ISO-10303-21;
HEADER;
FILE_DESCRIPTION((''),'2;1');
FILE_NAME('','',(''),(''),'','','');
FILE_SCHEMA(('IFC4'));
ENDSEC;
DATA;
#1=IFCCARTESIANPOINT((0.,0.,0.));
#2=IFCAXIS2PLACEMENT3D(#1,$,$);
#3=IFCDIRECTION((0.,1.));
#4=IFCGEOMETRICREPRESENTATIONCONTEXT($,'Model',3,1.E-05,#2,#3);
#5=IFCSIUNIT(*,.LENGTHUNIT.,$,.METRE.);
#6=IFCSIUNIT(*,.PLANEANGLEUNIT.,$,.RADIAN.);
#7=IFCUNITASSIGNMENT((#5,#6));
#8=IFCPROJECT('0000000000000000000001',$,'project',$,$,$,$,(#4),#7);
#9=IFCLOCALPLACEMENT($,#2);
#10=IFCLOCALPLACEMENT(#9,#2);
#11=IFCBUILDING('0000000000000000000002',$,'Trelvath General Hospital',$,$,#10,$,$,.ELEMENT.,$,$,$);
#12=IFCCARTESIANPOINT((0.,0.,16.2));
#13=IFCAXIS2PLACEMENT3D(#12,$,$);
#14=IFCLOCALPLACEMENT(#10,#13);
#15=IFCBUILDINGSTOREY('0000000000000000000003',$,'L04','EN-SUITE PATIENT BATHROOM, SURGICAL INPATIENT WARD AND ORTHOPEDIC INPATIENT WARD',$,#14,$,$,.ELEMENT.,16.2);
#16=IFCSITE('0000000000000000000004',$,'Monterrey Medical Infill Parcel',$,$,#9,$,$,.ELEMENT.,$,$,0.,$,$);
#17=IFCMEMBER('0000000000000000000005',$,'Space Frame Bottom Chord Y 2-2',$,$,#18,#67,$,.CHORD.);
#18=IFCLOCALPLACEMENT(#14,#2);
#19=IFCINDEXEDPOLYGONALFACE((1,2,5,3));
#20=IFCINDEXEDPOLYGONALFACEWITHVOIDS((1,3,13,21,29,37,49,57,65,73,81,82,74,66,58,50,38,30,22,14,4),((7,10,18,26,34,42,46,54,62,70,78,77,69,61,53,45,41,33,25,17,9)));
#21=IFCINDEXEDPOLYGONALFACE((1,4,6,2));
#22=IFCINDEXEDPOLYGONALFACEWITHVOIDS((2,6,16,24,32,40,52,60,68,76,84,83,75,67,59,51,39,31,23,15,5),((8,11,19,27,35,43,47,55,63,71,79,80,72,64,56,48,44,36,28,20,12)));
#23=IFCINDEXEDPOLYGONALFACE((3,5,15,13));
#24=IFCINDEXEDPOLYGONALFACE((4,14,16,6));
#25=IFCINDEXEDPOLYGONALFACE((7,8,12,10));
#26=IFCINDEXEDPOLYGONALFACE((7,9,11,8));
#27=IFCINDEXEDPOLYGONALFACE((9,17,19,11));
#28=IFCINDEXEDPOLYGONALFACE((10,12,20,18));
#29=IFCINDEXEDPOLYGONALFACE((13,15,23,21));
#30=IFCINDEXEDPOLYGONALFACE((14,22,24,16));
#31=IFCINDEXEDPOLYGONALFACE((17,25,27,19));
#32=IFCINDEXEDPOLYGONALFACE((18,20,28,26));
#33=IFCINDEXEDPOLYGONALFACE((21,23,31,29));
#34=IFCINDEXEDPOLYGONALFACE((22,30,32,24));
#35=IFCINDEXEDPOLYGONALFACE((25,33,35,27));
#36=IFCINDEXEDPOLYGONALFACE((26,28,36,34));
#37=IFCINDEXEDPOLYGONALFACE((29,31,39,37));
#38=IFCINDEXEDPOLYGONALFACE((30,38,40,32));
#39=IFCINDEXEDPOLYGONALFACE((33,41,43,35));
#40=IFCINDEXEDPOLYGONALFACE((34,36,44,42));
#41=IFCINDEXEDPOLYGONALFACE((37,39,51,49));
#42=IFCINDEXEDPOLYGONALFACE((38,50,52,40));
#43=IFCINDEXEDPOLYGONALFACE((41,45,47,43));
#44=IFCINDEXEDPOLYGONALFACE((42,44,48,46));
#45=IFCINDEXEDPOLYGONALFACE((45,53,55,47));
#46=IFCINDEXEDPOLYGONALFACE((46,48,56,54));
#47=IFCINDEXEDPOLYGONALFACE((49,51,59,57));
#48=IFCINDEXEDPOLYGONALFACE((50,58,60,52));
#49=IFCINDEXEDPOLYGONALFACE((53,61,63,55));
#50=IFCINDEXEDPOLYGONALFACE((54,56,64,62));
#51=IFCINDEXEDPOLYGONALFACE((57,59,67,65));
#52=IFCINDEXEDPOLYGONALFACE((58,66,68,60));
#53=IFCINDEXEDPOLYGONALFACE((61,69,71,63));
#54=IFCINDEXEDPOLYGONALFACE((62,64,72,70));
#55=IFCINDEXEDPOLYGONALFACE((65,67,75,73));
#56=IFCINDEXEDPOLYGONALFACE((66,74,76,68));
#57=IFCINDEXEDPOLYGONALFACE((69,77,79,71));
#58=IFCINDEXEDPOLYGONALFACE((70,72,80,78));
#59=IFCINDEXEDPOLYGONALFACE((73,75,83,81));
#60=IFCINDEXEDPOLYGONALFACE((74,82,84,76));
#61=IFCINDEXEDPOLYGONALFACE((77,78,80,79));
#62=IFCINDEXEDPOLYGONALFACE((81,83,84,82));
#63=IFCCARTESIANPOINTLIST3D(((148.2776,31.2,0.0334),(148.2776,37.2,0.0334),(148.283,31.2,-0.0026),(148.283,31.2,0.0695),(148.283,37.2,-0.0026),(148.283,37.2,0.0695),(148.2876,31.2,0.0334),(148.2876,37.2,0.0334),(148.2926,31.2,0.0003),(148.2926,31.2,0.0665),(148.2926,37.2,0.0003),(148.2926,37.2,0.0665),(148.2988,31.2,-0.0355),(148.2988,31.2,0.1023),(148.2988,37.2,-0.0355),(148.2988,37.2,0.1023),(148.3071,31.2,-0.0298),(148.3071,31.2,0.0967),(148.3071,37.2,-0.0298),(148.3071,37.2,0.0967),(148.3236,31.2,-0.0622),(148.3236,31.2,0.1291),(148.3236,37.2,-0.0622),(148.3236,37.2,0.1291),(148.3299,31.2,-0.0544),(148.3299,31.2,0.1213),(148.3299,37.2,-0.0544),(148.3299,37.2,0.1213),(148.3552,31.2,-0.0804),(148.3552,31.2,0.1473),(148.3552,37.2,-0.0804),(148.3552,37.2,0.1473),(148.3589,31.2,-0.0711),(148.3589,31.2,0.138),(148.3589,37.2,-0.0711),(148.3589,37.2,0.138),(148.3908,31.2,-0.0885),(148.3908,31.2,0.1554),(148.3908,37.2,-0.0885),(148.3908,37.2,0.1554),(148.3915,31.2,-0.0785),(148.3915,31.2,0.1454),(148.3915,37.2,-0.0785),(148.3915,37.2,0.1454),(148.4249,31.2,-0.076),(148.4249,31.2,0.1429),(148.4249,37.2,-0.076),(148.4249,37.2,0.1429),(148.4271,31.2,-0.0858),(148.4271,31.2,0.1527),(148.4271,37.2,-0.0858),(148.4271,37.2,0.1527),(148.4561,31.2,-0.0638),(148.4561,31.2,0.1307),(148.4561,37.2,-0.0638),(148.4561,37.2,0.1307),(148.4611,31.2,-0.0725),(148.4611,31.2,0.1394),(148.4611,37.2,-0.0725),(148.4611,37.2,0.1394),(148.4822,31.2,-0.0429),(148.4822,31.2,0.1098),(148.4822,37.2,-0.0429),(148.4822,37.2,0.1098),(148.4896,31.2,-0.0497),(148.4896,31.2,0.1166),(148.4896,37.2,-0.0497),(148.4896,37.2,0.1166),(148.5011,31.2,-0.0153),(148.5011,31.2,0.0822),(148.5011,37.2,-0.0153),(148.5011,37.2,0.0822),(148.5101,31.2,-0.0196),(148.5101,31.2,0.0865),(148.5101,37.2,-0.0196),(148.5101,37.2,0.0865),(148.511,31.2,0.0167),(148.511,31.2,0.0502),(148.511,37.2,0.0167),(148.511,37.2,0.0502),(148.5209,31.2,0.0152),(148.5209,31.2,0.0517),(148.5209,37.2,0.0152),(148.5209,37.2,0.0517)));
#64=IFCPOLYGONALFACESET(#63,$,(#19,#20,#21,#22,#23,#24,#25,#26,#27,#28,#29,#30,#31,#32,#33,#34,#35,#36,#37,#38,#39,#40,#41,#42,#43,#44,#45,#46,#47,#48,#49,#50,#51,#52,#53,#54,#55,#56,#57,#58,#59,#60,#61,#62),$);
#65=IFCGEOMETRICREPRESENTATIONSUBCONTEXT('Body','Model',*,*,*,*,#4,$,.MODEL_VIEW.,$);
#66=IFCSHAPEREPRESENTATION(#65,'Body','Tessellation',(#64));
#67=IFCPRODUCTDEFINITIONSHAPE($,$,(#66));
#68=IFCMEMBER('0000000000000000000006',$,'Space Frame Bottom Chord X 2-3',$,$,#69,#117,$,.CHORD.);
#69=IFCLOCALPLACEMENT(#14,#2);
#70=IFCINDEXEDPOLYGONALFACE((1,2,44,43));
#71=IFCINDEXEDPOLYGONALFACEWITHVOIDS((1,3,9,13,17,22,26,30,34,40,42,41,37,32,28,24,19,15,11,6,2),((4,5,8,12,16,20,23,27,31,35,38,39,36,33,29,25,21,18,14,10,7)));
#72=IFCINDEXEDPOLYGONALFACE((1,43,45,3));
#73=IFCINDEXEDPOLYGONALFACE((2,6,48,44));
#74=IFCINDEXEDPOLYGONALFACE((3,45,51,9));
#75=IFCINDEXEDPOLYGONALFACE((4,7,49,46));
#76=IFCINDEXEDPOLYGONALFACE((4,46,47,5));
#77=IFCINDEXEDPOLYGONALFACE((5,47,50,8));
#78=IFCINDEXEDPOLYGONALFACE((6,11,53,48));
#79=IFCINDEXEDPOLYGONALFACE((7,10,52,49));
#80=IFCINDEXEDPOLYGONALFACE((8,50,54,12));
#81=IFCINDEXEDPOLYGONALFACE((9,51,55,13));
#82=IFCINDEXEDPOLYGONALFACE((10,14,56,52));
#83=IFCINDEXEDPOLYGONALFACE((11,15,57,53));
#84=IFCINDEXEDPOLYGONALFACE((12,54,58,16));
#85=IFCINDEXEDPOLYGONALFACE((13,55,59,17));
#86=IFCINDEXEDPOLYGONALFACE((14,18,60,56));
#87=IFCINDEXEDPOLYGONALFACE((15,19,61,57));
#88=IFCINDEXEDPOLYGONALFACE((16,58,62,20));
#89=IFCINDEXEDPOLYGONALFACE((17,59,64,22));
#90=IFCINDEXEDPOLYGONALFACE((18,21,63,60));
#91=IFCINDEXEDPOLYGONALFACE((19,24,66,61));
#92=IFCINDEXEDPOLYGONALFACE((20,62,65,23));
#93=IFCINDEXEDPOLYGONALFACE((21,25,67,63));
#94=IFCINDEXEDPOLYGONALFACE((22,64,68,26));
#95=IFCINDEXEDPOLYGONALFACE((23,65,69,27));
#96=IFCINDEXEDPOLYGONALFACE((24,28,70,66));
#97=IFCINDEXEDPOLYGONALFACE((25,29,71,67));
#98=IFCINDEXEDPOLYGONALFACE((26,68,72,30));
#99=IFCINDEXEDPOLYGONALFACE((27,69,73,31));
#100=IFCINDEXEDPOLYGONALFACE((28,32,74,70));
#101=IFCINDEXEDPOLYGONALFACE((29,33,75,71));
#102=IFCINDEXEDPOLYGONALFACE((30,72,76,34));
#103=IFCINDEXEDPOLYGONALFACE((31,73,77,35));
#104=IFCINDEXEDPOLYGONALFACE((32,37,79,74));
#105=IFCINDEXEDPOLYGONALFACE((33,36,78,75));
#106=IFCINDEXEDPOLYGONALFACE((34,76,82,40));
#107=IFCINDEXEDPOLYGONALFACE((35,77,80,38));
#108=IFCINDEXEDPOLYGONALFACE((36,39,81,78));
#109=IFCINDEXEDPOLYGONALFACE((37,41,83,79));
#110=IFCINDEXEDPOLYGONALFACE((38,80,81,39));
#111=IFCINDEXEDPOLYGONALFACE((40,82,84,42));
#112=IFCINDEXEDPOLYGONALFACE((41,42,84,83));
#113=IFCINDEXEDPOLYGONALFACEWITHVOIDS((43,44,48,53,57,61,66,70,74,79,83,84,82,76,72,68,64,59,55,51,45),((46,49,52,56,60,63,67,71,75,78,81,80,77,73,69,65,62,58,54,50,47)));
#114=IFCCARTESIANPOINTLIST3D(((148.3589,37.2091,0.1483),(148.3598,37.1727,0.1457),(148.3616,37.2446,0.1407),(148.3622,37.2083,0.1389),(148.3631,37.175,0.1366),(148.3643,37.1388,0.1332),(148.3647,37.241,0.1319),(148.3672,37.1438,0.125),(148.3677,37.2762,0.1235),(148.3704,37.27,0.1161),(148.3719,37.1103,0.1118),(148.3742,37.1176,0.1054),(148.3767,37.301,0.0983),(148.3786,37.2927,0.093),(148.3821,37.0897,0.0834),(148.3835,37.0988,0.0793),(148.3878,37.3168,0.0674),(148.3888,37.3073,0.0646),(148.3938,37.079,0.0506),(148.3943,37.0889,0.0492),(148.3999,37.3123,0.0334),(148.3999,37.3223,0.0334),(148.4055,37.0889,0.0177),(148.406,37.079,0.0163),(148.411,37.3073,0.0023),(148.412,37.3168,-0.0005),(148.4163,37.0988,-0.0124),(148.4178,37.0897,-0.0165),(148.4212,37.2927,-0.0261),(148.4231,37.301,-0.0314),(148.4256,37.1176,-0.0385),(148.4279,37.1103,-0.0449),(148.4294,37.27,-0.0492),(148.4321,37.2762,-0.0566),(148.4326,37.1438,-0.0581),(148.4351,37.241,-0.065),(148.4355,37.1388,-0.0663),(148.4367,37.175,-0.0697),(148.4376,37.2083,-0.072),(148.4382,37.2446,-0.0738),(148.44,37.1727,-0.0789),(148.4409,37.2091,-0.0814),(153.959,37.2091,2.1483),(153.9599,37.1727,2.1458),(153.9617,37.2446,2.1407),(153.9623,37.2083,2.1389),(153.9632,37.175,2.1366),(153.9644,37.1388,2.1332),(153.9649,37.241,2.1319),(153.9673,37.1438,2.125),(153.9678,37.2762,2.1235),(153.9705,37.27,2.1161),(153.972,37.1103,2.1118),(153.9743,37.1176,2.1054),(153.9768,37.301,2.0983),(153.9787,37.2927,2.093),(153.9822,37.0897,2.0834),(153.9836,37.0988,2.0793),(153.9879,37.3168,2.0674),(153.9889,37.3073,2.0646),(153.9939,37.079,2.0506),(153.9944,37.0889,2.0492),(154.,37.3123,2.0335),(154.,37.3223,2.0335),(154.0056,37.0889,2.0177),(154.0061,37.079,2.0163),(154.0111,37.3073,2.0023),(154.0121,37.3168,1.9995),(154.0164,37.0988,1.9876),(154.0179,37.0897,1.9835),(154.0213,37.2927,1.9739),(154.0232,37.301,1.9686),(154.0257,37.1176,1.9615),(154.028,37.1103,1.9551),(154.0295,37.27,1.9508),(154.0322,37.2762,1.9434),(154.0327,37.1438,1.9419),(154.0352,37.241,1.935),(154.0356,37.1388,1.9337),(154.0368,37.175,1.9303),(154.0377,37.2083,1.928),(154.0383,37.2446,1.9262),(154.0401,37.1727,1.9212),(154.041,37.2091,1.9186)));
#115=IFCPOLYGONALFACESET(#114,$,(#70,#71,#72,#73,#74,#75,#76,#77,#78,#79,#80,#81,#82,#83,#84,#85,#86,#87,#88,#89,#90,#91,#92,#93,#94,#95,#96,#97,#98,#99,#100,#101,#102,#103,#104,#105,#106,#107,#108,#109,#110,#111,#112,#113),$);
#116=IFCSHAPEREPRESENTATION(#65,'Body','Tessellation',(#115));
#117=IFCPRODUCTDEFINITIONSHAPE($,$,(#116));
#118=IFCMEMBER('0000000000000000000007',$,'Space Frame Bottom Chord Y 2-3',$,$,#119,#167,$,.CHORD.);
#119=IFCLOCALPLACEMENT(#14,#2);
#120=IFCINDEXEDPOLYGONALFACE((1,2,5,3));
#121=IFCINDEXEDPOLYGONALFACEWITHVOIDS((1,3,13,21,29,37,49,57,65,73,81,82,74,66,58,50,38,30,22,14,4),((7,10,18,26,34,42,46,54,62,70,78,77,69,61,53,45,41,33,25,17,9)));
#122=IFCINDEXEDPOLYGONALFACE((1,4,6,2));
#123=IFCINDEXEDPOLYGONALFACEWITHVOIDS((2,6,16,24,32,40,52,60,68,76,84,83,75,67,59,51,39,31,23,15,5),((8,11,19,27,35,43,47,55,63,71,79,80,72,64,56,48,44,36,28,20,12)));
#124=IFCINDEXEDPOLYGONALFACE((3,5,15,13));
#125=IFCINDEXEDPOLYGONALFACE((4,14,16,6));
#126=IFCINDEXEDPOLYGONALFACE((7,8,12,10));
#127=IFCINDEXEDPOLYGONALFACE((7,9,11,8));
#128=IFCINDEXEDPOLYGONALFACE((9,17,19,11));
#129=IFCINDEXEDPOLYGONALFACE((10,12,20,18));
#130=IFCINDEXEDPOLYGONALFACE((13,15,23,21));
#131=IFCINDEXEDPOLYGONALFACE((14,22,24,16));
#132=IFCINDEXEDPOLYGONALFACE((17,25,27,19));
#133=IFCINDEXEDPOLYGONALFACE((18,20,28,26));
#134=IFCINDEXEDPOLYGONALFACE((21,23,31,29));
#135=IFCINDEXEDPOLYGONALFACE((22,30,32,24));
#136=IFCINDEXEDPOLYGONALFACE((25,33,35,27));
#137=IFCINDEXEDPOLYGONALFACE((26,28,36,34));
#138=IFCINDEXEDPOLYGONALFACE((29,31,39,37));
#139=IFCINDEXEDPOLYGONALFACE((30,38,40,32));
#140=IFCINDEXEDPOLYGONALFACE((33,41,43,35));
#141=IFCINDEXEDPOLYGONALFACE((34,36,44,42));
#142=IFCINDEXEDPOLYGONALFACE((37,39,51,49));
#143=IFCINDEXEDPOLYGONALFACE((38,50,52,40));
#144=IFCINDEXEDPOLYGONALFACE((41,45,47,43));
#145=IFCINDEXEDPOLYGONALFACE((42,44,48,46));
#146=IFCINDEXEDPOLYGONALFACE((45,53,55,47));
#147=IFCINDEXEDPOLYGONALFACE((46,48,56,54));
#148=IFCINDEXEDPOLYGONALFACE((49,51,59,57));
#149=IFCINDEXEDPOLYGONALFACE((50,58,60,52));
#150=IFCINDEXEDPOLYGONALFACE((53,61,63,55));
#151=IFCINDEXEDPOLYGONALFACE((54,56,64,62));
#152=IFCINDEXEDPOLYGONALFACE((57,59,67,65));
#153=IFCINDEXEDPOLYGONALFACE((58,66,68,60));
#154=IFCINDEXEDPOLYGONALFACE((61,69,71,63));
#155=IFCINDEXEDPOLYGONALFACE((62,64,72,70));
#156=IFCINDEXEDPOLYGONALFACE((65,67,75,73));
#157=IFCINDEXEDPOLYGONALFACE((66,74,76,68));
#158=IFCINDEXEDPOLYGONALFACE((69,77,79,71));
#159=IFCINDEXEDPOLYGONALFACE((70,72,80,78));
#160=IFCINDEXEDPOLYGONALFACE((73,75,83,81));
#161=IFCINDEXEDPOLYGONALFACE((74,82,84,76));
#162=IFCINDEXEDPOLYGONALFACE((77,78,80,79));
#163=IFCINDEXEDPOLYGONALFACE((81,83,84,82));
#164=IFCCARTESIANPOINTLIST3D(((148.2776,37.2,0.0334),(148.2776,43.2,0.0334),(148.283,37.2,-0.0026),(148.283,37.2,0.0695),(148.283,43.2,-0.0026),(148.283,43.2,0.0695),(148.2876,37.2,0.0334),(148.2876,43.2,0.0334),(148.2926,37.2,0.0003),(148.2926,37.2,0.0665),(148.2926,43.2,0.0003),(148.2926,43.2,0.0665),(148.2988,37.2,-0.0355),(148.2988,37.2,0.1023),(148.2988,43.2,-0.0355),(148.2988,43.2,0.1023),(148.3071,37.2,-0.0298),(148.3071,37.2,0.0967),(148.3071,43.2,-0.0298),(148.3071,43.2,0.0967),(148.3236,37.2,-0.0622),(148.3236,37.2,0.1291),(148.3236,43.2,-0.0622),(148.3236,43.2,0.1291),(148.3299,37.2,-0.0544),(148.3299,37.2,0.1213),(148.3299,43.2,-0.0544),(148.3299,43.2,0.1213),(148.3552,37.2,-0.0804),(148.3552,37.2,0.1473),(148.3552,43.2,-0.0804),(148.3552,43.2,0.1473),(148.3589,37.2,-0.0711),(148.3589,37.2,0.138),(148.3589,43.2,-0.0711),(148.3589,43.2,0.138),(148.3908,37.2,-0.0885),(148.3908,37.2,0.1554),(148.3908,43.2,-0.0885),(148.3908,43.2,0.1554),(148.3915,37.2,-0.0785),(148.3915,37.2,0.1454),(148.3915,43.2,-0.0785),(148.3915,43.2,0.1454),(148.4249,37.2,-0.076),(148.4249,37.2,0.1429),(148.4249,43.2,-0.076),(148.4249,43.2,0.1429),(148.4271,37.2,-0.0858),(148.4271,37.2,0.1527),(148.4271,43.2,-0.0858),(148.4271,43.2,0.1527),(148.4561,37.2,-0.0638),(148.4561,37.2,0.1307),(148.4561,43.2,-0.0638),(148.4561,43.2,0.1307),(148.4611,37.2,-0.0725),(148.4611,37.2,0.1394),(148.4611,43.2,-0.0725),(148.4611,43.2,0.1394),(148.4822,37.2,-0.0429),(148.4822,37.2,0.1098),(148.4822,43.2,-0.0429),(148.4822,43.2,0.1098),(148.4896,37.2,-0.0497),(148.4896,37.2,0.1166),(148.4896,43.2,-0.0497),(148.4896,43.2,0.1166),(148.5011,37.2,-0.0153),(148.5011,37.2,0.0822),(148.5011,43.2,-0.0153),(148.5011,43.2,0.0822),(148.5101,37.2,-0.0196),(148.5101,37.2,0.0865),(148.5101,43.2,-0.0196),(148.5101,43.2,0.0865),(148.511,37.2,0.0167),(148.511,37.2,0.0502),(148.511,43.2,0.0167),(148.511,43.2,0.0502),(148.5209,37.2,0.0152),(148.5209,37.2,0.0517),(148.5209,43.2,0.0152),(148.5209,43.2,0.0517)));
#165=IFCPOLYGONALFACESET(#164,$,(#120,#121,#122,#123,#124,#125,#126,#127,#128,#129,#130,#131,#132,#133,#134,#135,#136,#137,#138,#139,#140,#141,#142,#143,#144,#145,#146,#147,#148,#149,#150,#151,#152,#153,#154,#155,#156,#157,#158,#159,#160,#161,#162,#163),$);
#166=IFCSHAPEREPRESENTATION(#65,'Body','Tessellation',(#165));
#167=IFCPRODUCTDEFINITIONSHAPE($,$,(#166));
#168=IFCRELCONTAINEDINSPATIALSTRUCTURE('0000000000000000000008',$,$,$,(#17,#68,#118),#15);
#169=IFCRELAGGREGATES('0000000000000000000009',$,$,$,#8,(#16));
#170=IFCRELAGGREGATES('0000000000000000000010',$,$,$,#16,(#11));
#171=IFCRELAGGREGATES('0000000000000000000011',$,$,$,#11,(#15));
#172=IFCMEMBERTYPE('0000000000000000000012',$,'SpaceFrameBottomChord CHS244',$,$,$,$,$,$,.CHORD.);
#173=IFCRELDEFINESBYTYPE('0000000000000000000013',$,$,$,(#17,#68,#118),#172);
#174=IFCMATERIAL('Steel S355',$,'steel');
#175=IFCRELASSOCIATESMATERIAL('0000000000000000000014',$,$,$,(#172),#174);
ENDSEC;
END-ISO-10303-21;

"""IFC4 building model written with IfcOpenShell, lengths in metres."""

from ifc_helpers import new_model, si_unit, direction, frame, origin, origin_2d, place, context, subcontext, project, spatial, hollow_circle, extrude, material, material_profile, profile_set, type_object, element, save


model = new_model("IFC4")

# Units and contexts
model_context = context("Model", 3, precision=1e-05, world=origin(), true_north=direction((0.0, 1.0)))
body_context = subcontext(model_context, "Body", "Model", "MODEL_VIEW")
ifc_project = project(units=[si_unit("LENGTHUNIT", "METRE"), si_unit("PLANEANGLEUNIT", "RADIAN")], contexts=[model_context])

# Site, building, storey
site_placement = place(None, origin())
site = spatial("IfcSite", under=ifc_project, at=site_placement, Name="Monterrey Medical Infill Parcel", CompositionType="ELEMENT", RefElevation=0.0)
building_placement = place(site_placement, origin())
building = spatial("IfcBuilding", under=site, at=building_placement, Name="Trelvath General Hospital", CompositionType="ELEMENT")
storey_placement = place(building_placement, frame((0.0, 0.0, 16.2)))
storey = spatial("IfcBuildingStorey", under=building, at=storey_placement, Name="L04", Description="EN-SUITE PATIENT BATHROOM, SURGICAL INPATIENT WARD AND ORTHOPEDIC INPATIENT WARD", CompositionType="ELEMENT", Elevation=16.2)

# Members
ifc_material_1 = material(Name="Steel S355", Category="steel")
ifc_material_profile_1 = material_profile(ifc_material_1, hollow_circle(Radius=0.1223, WallThickness=0.01, at=origin_2d()), Name="CHS244.5x10.0")
ifc_profile_set_1 = profile_set([ifc_material_profile_1], Name="Steel S355")
member_type_1 = type_object("IfcMemberType", Name="SpaceFrameBottomChord CHS244", PredefinedType="CHORD", material=ifc_profile_set_1)
member_1_placement = place(storey_placement, frame((148.3999, 31.2, 0.0334), z_axis=(0.0, 1.0, 0.0), x_axis=(-1.0, 0.0, 0.0)))
element("IfcMember", 1, at=member_1_placement, inside=storey, type_object=member_type_1, Name="Space Frame Bottom Chord Y 2-2", PredefinedType="CHORD", context=body_context, shape_type="SweptSolid", body=[
    extrude(hollow_circle(Radius=0.1223, WallThickness=0.01, at=origin_2d()), origin(), (0.0, 0.0, 1.0), 6.0),
])
member_2_placement = place(storey_placement, frame((148.3999, 37.2, 0.0334), z_axis=(0.941744, 0.0, 0.336331), x_axis=(0.0, 1.0, 0.0)))
element("IfcMember", 2, at=member_2_placement, inside=storey, type_object=member_type_1, Name="Space Frame Bottom Chord X 2-3", PredefinedType="CHORD", context=body_context, shape_type="SweptSolid", body=[
    extrude(hollow_circle(Radius=0.1223, WallThickness=0.01, at=origin_2d()), origin(), (0.0, 0.0, 1.0), 5.9465),
])
member_3_placement = place(storey_placement, frame((148.3999, 37.2, 0.0334), z_axis=(0.0, 1.0, 0.0), x_axis=(-1.0, 0.0, 0.0)))
element("IfcMember", 3, at=member_3_placement, inside=storey, type_object=member_type_1, Name="Space Frame Bottom Chord Y 2-3", PredefinedType="CHORD", context=body_context, shape_type="SweptSolid", body=[
    extrude(hollow_circle(Radius=0.1223, WallThickness=0.01, at=origin_2d()), origin(), (0.0, 0.0, 1.0), 6.0),
])

save(model, "model.ifc")
